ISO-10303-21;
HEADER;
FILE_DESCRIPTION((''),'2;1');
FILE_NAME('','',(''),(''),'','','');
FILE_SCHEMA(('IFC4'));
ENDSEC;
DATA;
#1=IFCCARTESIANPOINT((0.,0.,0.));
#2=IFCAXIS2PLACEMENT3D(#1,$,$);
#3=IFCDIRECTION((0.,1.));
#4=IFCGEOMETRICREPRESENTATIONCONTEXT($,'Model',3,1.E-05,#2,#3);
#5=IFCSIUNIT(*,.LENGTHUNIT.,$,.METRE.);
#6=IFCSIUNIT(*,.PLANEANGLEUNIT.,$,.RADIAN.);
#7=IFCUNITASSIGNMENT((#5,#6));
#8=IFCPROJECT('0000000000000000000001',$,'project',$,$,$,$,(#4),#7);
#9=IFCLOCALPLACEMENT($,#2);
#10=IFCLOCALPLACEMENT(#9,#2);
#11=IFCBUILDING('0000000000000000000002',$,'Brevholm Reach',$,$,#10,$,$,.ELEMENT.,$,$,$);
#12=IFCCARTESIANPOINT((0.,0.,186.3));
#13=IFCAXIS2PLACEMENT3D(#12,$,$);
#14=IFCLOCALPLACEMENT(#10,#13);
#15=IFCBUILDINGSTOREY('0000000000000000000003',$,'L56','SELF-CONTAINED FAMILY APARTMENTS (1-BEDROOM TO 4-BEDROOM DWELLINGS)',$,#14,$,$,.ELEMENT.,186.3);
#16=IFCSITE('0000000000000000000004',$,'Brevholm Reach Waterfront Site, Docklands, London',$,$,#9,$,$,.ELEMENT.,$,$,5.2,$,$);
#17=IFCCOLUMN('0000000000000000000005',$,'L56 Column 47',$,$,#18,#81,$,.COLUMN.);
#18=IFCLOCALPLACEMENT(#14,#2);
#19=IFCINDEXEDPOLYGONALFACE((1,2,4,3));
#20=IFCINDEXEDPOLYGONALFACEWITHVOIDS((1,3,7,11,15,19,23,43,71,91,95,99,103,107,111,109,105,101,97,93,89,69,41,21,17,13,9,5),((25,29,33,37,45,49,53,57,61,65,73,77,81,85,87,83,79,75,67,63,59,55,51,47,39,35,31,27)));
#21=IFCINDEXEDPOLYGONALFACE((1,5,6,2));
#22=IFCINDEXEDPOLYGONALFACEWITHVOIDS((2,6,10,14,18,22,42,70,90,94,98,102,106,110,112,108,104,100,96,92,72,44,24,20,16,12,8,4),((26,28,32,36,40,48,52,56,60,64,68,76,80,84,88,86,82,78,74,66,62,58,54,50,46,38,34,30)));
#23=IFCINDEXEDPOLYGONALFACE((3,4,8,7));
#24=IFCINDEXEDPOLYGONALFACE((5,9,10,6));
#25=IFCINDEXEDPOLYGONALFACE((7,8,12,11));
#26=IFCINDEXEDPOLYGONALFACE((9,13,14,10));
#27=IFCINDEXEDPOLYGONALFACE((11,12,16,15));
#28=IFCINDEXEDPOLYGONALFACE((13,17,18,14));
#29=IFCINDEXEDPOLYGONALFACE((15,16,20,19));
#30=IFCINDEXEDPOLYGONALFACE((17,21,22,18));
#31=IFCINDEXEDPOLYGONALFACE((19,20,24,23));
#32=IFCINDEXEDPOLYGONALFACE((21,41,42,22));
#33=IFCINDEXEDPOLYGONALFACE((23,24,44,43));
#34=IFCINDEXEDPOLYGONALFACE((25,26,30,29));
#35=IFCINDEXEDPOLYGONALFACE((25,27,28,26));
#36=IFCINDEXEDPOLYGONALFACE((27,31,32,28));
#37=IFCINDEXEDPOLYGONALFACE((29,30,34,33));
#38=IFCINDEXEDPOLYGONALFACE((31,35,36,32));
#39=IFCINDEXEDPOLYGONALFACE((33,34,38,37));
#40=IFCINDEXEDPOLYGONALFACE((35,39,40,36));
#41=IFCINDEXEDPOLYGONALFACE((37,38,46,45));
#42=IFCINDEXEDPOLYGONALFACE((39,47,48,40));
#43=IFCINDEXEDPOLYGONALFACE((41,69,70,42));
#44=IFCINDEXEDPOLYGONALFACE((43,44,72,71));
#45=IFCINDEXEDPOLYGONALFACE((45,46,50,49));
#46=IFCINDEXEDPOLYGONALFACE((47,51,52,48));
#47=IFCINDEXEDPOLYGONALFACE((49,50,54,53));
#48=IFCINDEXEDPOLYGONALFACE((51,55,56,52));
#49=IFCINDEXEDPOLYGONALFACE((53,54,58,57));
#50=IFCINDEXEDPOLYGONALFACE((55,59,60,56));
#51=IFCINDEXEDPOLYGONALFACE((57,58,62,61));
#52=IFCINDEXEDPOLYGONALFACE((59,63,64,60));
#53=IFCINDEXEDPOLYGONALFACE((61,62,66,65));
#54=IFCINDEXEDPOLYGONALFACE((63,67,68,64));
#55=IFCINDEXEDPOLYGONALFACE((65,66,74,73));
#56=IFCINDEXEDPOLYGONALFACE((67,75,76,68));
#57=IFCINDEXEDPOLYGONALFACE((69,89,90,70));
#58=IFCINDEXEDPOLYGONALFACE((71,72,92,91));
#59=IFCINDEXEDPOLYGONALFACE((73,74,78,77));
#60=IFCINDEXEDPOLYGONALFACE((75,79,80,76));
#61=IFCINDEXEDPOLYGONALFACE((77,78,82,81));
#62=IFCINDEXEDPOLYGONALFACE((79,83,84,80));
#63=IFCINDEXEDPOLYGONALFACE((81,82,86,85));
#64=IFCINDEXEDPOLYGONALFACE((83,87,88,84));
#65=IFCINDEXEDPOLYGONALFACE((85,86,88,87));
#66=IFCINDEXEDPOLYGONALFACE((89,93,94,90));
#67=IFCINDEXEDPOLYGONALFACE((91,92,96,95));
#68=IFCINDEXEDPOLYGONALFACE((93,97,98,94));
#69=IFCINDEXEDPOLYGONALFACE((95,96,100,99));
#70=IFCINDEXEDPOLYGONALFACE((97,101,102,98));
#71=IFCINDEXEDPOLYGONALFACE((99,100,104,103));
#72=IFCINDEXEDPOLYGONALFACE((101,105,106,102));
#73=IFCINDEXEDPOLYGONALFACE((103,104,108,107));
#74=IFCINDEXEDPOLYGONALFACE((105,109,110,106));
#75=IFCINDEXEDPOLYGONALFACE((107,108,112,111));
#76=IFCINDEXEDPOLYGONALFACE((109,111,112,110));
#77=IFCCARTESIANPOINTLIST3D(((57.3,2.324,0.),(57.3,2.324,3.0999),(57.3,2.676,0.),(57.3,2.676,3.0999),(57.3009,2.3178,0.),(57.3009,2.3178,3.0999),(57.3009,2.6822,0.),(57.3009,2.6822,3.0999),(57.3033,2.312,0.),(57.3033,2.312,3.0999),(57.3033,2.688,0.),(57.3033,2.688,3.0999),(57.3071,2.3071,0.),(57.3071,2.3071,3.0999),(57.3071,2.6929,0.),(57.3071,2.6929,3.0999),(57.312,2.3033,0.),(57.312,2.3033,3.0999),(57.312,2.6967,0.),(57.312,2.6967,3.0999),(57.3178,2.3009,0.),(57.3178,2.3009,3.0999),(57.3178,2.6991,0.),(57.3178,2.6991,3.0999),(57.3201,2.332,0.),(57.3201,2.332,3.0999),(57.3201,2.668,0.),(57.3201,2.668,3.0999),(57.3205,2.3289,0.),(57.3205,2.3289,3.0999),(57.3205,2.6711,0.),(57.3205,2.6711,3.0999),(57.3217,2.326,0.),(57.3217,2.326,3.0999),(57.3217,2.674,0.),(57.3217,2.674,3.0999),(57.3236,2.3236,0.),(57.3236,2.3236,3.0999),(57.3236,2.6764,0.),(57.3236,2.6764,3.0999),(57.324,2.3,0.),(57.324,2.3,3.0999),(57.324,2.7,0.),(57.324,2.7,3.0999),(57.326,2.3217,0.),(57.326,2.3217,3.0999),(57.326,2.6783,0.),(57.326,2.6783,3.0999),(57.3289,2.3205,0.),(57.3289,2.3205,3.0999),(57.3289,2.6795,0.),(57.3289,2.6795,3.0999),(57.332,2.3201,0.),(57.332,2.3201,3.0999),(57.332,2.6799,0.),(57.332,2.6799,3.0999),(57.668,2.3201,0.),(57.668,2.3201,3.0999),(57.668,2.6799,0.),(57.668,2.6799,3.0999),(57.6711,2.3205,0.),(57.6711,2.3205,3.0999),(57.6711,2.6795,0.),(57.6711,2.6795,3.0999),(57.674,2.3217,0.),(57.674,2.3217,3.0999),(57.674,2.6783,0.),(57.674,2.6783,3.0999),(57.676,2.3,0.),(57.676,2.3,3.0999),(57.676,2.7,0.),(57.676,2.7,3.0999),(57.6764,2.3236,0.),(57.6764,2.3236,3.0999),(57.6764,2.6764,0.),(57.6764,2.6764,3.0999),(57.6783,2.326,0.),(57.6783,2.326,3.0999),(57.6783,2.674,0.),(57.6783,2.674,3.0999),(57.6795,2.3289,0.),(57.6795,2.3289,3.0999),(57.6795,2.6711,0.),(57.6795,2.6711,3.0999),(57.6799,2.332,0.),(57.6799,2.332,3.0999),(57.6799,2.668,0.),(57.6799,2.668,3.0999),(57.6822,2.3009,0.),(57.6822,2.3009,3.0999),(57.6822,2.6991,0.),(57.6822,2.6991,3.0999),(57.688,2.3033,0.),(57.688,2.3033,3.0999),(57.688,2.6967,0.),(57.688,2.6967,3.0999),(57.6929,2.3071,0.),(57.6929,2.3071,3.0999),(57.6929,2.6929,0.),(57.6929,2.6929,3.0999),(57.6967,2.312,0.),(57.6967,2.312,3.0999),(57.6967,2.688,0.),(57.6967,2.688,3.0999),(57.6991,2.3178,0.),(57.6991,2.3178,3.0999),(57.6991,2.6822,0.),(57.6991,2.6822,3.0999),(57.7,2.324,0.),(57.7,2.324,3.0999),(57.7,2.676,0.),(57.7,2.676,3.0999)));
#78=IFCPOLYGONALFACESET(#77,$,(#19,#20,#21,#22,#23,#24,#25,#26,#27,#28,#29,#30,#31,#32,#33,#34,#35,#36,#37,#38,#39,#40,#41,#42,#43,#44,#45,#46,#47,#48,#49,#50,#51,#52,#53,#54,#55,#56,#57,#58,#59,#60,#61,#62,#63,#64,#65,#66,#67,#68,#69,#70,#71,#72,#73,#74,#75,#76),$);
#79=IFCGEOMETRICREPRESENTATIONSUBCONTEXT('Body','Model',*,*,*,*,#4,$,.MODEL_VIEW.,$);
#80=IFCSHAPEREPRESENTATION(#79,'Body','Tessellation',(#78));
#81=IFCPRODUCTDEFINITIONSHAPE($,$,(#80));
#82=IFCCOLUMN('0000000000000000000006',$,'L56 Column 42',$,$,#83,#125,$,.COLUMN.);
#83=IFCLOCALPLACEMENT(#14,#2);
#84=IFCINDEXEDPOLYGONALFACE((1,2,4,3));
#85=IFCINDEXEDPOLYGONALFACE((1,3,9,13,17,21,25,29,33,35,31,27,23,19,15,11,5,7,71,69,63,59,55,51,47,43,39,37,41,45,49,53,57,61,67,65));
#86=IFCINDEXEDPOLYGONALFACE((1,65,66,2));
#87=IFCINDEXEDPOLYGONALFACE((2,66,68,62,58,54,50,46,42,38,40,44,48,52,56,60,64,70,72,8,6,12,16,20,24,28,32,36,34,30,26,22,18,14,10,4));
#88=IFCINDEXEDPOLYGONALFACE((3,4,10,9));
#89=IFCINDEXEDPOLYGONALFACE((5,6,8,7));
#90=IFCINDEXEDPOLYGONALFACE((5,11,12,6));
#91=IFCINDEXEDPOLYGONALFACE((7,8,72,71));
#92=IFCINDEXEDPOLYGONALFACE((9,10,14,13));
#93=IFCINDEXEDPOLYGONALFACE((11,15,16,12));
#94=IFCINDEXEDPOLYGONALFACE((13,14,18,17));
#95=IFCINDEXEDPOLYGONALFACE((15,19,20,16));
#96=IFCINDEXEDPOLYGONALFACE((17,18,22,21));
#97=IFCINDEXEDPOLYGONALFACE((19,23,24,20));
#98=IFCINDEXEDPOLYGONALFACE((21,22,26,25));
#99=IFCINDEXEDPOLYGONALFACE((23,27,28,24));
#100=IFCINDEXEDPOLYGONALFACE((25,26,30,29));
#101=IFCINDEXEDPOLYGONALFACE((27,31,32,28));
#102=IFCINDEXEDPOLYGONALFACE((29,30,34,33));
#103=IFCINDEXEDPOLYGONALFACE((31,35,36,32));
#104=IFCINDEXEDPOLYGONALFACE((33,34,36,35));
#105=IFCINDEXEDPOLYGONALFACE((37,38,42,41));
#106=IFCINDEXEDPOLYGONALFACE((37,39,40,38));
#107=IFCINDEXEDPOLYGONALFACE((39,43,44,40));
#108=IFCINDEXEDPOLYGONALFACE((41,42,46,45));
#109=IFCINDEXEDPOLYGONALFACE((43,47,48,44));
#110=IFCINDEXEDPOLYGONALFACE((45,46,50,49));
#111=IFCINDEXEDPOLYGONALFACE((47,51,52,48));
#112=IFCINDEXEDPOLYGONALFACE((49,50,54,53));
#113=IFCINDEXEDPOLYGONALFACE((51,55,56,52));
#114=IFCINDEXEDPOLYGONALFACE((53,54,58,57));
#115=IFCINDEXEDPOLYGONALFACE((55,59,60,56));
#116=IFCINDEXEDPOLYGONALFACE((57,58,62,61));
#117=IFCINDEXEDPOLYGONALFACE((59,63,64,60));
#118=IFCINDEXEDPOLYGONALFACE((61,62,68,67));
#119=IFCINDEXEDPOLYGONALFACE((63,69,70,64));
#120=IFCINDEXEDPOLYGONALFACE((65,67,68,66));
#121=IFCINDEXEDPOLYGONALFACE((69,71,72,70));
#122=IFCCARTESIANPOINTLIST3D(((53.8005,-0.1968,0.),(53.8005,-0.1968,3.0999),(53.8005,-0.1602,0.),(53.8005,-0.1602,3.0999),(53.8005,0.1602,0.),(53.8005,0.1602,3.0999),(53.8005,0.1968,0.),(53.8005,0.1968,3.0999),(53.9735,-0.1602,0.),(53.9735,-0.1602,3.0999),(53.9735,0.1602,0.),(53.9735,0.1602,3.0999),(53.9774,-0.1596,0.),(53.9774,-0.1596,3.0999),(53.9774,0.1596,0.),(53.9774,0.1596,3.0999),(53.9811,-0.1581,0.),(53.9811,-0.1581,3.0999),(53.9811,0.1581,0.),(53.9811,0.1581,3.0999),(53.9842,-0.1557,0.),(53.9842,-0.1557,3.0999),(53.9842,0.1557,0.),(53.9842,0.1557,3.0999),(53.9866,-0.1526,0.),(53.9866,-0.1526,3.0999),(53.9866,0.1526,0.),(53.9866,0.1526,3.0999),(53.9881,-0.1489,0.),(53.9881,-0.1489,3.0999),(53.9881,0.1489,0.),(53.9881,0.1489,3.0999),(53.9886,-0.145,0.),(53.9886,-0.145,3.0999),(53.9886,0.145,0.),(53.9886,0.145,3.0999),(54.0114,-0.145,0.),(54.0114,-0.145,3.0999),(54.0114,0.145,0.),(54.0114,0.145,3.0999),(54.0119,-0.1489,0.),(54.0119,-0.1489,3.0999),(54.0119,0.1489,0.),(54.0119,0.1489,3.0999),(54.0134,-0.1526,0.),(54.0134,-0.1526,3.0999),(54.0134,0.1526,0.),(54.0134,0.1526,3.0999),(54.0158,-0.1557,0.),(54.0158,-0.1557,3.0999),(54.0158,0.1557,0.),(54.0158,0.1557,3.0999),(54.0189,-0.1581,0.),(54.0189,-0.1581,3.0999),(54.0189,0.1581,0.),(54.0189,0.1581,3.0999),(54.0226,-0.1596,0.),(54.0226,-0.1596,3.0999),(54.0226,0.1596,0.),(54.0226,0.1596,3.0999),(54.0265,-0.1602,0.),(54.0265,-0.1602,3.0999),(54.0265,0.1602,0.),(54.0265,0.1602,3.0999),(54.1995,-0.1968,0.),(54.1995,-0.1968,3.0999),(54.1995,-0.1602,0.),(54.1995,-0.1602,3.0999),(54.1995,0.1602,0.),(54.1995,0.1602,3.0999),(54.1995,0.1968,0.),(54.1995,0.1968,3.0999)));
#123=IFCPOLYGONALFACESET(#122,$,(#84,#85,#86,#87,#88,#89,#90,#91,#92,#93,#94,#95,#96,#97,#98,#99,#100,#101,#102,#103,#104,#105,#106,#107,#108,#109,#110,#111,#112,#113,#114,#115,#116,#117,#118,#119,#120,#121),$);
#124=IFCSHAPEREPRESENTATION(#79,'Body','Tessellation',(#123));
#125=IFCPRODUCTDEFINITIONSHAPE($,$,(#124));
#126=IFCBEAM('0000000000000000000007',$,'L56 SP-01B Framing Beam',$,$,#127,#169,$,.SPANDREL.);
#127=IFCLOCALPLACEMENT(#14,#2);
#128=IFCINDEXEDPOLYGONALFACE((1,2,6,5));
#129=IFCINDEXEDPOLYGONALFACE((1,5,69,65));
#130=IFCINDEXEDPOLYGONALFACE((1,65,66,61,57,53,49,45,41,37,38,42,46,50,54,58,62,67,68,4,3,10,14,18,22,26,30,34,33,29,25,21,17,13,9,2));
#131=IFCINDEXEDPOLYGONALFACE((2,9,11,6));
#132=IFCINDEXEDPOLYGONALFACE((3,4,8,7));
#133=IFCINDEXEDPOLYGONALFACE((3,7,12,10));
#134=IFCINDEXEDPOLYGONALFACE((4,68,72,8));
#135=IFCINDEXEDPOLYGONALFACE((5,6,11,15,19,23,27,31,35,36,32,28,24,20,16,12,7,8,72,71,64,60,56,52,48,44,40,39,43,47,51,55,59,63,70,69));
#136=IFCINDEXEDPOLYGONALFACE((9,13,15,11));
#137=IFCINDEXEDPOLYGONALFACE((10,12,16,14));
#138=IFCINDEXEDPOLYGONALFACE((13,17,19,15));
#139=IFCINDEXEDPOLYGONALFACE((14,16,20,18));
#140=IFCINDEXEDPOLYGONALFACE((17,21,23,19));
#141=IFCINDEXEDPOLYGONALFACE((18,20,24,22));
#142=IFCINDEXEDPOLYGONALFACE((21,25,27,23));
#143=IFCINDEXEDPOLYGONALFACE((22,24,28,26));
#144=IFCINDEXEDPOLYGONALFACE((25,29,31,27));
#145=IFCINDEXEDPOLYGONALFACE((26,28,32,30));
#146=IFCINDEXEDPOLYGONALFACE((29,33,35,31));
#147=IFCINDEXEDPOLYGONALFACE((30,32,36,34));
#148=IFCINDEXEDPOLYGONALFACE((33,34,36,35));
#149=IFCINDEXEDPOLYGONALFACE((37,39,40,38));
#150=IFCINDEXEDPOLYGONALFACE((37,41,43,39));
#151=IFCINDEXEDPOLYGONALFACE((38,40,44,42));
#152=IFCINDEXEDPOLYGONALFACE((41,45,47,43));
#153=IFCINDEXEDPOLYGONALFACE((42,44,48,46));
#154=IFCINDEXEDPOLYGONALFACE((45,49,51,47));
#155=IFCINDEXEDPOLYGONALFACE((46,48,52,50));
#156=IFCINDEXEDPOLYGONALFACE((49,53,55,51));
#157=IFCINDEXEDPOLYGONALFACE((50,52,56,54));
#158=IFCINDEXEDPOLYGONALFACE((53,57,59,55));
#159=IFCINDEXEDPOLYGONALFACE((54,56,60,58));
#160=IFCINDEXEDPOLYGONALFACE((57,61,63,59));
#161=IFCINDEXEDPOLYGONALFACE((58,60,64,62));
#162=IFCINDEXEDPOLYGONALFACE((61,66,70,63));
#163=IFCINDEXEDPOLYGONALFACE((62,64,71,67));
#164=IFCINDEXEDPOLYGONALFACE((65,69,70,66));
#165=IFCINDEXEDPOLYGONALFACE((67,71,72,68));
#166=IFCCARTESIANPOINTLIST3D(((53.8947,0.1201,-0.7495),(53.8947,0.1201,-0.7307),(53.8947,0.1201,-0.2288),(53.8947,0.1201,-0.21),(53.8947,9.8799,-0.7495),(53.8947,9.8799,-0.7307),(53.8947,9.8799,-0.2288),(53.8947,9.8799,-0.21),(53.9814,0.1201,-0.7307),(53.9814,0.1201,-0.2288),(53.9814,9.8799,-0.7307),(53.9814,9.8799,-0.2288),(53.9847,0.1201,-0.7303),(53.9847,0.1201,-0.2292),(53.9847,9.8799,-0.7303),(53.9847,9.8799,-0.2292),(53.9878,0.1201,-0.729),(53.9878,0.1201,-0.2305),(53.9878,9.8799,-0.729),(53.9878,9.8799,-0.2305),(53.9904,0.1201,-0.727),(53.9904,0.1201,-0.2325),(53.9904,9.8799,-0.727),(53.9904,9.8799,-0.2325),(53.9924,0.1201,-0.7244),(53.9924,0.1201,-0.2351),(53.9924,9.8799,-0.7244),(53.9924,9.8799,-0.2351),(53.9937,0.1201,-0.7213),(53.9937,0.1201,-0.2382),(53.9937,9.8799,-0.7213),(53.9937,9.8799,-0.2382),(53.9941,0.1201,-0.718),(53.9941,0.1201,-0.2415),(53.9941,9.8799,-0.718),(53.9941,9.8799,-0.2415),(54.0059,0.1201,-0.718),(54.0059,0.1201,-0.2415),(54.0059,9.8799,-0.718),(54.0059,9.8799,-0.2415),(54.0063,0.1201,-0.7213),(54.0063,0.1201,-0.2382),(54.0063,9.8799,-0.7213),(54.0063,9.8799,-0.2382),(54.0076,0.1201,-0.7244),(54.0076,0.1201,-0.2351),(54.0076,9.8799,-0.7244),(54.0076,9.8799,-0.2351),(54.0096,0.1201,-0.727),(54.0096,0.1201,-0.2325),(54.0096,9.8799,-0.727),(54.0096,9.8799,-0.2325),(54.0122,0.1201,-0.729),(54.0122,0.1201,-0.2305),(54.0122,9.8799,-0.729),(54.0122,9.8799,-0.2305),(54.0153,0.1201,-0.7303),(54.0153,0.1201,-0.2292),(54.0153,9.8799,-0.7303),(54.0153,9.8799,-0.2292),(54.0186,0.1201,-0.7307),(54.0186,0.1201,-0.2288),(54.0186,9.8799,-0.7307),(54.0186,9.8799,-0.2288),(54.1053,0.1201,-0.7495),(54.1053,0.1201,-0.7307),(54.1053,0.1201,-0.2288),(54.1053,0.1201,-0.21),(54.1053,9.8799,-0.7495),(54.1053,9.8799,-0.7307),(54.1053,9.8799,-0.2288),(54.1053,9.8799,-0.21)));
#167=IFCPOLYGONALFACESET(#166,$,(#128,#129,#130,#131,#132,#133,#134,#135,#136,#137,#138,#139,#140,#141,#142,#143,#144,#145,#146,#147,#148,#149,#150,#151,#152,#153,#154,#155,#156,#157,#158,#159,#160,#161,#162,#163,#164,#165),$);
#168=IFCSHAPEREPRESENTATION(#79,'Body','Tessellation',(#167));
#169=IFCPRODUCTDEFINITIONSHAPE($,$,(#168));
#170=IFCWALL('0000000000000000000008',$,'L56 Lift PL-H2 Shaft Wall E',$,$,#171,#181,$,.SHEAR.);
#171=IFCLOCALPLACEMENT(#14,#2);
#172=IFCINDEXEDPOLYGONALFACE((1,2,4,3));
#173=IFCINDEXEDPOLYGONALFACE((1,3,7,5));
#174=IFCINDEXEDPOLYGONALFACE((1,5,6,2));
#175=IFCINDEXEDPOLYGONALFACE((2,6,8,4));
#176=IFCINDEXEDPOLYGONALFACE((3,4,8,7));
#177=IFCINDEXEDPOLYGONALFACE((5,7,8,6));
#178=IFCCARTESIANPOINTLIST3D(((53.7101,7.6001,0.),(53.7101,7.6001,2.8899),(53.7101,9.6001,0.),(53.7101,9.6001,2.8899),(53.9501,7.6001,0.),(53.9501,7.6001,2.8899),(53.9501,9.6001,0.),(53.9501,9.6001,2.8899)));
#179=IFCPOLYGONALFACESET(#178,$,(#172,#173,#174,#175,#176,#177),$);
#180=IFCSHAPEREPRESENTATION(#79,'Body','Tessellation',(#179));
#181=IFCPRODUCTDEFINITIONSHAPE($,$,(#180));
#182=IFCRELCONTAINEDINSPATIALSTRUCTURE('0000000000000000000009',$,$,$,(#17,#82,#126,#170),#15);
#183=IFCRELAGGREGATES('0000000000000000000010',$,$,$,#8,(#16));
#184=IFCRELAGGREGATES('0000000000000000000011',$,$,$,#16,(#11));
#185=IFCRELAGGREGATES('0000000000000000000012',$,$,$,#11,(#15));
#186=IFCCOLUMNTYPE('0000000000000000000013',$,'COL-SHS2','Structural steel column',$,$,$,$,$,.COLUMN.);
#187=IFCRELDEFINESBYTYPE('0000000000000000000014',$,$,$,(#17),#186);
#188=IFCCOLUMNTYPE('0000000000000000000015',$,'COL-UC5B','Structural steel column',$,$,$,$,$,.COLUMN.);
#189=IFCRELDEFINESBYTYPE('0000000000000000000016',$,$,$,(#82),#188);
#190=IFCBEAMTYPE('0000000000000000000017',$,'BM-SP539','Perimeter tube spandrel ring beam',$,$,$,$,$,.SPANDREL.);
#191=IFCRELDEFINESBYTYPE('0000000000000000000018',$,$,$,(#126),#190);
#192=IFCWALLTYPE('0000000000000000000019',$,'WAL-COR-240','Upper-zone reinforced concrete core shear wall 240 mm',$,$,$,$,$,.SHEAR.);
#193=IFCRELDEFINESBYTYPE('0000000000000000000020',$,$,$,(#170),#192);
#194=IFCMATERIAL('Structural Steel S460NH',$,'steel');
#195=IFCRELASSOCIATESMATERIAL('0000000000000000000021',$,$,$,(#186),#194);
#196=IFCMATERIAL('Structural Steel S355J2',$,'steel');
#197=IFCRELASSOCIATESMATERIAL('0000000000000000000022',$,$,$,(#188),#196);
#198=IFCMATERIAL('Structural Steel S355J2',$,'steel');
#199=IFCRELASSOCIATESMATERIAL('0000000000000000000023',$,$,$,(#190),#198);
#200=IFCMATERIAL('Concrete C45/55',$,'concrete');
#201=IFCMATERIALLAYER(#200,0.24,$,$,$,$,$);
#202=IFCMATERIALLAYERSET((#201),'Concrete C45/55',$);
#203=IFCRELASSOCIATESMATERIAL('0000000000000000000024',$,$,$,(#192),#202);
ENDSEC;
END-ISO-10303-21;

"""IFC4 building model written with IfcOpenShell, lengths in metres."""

from ifc_helpers import new_model, si_unit, direction, frame, frame_2d, origin, origin_2d, place, context, subcontext, project, spatial, rectangle, hollow_rectangle, i_section, extrude, material, layer, layer_set, material_profile, profile_set, type_object, element, save


model = new_model("IFC4")

# Units and contexts
model_context = context("Model", 3, precision=1e-05, world=origin(), true_north=direction((0.0, 1.0)))
body_context = subcontext(model_context, "Body", "Model", "MODEL_VIEW")
ifc_project = project(units=[si_unit("LENGTHUNIT", "METRE"), si_unit("PLANEANGLEUNIT", "RADIAN")], contexts=[model_context])

# Site, building, storey
site_placement = place(None, origin())
site = spatial("IfcSite", under=ifc_project, at=site_placement, Name="Brevholm Reach Waterfront Site, Docklands, London", CompositionType="ELEMENT", RefElevation=5.2)
building_placement = place(site_placement, origin())
building = spatial("IfcBuilding", under=site, at=building_placement, Name="Brevholm Reach", CompositionType="ELEMENT")
storey_placement = place(building_placement, frame((0.0, 0.0, 186.3)))
storey = spatial("IfcBuildingStorey", under=building, at=storey_placement, Name="L56", Description="SELF-CONTAINED FAMILY APARTMENTS (1-BEDROOM TO 4-BEDROOM DWELLINGS)", CompositionType="ELEMENT", Elevation=186.3)

# Columns
ifc_material_1 = material(Name="Structural Steel S460NH", Category="steel")
ifc_material_profile_1 = material_profile(ifc_material_1, hollow_rectangle(XDim=0.3999, YDim=0.3999, WallThickness=0.02, InnerFilletRadius=0.012, OuterFilletRadius=0.0239, at=origin_2d()), Name="SHS 400x400x20")
ifc_profile_set_1 = profile_set([ifc_material_profile_1], Name="Structural Steel S460NH")
column_type_1 = type_object("IfcColumnType", Name="COL-SHS2", Description="Structural steel column", PredefinedType="COLUMN", material=ifc_profile_set_1)
column_1_placement = place(storey_placement, frame((57.5, 2.5, 0.0), z_axis=(0.0, 0.0, 1.0), x_axis=(1.0, 0.0, 0.0)))
element("IfcColumn", 1, at=column_1_placement, inside=storey, type_object=column_type_1, Name="L56 Column 47", PredefinedType="COLUMN", context=body_context, shape_type="SweptSolid", body=[
    extrude(hollow_rectangle(XDim=0.3999, YDim=0.3999, WallThickness=0.02, InnerFilletRadius=0.012, OuterFilletRadius=0.0239, at=origin_2d()), origin(), (0.0, 0.0, 1.0), 3.0999),
])
ifc_material_2 = material(Name="Structural Steel S355J2", Category="steel")
ifc_material_profile_2 = material_profile(ifc_material_2, i_section(OverallWidth=0.3989, OverallDepth=0.3936, WebThickness=0.0227, FlangeThickness=0.0366, FilletRadius=0.0151, at=origin_2d()), Name="UKC 356x406x287")
ifc_profile_set_2 = profile_set([ifc_material_profile_2], Name="Structural Steel S355J2")
column_type_2 = type_object("IfcColumnType", Name="COL-UC5B", Description="Structural steel column", PredefinedType="COLUMN", material=ifc_profile_set_2)
column_2_placement = place(storey_placement, frame((54.0, 0.0, 0.0), z_axis=(0.0, 0.0, 1.0), x_axis=(1.0, 0.0, 0.0)))
element("IfcColumn", 2, at=column_2_placement, inside=storey, type_object=column_type_2, Name="L56 Column 42", PredefinedType="COLUMN", context=body_context, shape_type="SweptSolid", body=[
    extrude(i_section(OverallWidth=0.3989, OverallDepth=0.3936, WebThickness=0.0227, FlangeThickness=0.0366, FilletRadius=0.0151, at=origin_2d()), origin(), (0.0, 0.0, 1.0), 3.0999),
])

# Beam
ifc_material_3 = material(Name="Structural Steel S355J2", Category="steel")
ifc_material_profile_3 = material_profile(ifc_material_3, i_section(OverallWidth=0.2107, OverallDepth=0.5396, WebThickness=0.0117, FlangeThickness=0.0188, FilletRadius=0.0127, at=origin_2d()), Name="UKB 533x210x109")
ifc_profile_set_3 = profile_set([ifc_material_profile_3], Name="Structural Steel S355J2")
beam_type = type_object("IfcBeamType", Name="BM-SP539", Description="Perimeter tube spandrel ring beam", PredefinedType="SPANDREL", material=ifc_profile_set_3)
beam_placement = place(storey_placement, frame((54.0, 0.1201, -0.4797), z_axis=(0.0, 1.0, 0.0), x_axis=(-1.0, 0.0, 0.0)))
element("IfcBeam", 3, at=beam_placement, inside=storey, type_object=beam_type, Name="L56 SP-01B Framing Beam", PredefinedType="SPANDREL", context=body_context, shape_type="SweptSolid", body=[
    extrude(i_section(OverallWidth=0.2107, OverallDepth=0.5396, WebThickness=0.0117, FlangeThickness=0.0188, FilletRadius=0.0127, at=origin_2d()), origin(), (0.0, 0.0, 1.0), 9.7598),
])

# Wall
ifc_material_4 = material(Name="Concrete C45/55", Category="concrete")
ifc_layer_1 = layer(ifc_material_4, 0.24)
ifc_layer_set_1 = layer_set([ifc_layer_1], Name="Concrete C45/55")
wall_type_1 = type_object("IfcWallType", Name="WAL-COR-240", Description="Upper-zone reinforced concrete core shear wall 240 mm", PredefinedType="SHEAR", material=ifc_layer_set_1)
wall_1_placement = place(storey_placement, frame((53.8301, 7.6001, 0.0), z_axis=(0.0, 0.0, 1.0), x_axis=(0.0, 1.0, 0.0)))
element("IfcWall", 4, at=wall_1_placement, inside=storey, type_object=wall_type_1, Name="L56 Lift PL-H2 Shaft Wall E", PredefinedType="SHEAR", context=body_context, shape_type="SweptSolid", body=[
    extrude(rectangle(XDim=2.0, YDim=0.24, at=frame_2d((1.0, 0.0))), origin(), (0.0, 0.0, 1.0), 2.8899),
])

save(model, "model.ifc")
